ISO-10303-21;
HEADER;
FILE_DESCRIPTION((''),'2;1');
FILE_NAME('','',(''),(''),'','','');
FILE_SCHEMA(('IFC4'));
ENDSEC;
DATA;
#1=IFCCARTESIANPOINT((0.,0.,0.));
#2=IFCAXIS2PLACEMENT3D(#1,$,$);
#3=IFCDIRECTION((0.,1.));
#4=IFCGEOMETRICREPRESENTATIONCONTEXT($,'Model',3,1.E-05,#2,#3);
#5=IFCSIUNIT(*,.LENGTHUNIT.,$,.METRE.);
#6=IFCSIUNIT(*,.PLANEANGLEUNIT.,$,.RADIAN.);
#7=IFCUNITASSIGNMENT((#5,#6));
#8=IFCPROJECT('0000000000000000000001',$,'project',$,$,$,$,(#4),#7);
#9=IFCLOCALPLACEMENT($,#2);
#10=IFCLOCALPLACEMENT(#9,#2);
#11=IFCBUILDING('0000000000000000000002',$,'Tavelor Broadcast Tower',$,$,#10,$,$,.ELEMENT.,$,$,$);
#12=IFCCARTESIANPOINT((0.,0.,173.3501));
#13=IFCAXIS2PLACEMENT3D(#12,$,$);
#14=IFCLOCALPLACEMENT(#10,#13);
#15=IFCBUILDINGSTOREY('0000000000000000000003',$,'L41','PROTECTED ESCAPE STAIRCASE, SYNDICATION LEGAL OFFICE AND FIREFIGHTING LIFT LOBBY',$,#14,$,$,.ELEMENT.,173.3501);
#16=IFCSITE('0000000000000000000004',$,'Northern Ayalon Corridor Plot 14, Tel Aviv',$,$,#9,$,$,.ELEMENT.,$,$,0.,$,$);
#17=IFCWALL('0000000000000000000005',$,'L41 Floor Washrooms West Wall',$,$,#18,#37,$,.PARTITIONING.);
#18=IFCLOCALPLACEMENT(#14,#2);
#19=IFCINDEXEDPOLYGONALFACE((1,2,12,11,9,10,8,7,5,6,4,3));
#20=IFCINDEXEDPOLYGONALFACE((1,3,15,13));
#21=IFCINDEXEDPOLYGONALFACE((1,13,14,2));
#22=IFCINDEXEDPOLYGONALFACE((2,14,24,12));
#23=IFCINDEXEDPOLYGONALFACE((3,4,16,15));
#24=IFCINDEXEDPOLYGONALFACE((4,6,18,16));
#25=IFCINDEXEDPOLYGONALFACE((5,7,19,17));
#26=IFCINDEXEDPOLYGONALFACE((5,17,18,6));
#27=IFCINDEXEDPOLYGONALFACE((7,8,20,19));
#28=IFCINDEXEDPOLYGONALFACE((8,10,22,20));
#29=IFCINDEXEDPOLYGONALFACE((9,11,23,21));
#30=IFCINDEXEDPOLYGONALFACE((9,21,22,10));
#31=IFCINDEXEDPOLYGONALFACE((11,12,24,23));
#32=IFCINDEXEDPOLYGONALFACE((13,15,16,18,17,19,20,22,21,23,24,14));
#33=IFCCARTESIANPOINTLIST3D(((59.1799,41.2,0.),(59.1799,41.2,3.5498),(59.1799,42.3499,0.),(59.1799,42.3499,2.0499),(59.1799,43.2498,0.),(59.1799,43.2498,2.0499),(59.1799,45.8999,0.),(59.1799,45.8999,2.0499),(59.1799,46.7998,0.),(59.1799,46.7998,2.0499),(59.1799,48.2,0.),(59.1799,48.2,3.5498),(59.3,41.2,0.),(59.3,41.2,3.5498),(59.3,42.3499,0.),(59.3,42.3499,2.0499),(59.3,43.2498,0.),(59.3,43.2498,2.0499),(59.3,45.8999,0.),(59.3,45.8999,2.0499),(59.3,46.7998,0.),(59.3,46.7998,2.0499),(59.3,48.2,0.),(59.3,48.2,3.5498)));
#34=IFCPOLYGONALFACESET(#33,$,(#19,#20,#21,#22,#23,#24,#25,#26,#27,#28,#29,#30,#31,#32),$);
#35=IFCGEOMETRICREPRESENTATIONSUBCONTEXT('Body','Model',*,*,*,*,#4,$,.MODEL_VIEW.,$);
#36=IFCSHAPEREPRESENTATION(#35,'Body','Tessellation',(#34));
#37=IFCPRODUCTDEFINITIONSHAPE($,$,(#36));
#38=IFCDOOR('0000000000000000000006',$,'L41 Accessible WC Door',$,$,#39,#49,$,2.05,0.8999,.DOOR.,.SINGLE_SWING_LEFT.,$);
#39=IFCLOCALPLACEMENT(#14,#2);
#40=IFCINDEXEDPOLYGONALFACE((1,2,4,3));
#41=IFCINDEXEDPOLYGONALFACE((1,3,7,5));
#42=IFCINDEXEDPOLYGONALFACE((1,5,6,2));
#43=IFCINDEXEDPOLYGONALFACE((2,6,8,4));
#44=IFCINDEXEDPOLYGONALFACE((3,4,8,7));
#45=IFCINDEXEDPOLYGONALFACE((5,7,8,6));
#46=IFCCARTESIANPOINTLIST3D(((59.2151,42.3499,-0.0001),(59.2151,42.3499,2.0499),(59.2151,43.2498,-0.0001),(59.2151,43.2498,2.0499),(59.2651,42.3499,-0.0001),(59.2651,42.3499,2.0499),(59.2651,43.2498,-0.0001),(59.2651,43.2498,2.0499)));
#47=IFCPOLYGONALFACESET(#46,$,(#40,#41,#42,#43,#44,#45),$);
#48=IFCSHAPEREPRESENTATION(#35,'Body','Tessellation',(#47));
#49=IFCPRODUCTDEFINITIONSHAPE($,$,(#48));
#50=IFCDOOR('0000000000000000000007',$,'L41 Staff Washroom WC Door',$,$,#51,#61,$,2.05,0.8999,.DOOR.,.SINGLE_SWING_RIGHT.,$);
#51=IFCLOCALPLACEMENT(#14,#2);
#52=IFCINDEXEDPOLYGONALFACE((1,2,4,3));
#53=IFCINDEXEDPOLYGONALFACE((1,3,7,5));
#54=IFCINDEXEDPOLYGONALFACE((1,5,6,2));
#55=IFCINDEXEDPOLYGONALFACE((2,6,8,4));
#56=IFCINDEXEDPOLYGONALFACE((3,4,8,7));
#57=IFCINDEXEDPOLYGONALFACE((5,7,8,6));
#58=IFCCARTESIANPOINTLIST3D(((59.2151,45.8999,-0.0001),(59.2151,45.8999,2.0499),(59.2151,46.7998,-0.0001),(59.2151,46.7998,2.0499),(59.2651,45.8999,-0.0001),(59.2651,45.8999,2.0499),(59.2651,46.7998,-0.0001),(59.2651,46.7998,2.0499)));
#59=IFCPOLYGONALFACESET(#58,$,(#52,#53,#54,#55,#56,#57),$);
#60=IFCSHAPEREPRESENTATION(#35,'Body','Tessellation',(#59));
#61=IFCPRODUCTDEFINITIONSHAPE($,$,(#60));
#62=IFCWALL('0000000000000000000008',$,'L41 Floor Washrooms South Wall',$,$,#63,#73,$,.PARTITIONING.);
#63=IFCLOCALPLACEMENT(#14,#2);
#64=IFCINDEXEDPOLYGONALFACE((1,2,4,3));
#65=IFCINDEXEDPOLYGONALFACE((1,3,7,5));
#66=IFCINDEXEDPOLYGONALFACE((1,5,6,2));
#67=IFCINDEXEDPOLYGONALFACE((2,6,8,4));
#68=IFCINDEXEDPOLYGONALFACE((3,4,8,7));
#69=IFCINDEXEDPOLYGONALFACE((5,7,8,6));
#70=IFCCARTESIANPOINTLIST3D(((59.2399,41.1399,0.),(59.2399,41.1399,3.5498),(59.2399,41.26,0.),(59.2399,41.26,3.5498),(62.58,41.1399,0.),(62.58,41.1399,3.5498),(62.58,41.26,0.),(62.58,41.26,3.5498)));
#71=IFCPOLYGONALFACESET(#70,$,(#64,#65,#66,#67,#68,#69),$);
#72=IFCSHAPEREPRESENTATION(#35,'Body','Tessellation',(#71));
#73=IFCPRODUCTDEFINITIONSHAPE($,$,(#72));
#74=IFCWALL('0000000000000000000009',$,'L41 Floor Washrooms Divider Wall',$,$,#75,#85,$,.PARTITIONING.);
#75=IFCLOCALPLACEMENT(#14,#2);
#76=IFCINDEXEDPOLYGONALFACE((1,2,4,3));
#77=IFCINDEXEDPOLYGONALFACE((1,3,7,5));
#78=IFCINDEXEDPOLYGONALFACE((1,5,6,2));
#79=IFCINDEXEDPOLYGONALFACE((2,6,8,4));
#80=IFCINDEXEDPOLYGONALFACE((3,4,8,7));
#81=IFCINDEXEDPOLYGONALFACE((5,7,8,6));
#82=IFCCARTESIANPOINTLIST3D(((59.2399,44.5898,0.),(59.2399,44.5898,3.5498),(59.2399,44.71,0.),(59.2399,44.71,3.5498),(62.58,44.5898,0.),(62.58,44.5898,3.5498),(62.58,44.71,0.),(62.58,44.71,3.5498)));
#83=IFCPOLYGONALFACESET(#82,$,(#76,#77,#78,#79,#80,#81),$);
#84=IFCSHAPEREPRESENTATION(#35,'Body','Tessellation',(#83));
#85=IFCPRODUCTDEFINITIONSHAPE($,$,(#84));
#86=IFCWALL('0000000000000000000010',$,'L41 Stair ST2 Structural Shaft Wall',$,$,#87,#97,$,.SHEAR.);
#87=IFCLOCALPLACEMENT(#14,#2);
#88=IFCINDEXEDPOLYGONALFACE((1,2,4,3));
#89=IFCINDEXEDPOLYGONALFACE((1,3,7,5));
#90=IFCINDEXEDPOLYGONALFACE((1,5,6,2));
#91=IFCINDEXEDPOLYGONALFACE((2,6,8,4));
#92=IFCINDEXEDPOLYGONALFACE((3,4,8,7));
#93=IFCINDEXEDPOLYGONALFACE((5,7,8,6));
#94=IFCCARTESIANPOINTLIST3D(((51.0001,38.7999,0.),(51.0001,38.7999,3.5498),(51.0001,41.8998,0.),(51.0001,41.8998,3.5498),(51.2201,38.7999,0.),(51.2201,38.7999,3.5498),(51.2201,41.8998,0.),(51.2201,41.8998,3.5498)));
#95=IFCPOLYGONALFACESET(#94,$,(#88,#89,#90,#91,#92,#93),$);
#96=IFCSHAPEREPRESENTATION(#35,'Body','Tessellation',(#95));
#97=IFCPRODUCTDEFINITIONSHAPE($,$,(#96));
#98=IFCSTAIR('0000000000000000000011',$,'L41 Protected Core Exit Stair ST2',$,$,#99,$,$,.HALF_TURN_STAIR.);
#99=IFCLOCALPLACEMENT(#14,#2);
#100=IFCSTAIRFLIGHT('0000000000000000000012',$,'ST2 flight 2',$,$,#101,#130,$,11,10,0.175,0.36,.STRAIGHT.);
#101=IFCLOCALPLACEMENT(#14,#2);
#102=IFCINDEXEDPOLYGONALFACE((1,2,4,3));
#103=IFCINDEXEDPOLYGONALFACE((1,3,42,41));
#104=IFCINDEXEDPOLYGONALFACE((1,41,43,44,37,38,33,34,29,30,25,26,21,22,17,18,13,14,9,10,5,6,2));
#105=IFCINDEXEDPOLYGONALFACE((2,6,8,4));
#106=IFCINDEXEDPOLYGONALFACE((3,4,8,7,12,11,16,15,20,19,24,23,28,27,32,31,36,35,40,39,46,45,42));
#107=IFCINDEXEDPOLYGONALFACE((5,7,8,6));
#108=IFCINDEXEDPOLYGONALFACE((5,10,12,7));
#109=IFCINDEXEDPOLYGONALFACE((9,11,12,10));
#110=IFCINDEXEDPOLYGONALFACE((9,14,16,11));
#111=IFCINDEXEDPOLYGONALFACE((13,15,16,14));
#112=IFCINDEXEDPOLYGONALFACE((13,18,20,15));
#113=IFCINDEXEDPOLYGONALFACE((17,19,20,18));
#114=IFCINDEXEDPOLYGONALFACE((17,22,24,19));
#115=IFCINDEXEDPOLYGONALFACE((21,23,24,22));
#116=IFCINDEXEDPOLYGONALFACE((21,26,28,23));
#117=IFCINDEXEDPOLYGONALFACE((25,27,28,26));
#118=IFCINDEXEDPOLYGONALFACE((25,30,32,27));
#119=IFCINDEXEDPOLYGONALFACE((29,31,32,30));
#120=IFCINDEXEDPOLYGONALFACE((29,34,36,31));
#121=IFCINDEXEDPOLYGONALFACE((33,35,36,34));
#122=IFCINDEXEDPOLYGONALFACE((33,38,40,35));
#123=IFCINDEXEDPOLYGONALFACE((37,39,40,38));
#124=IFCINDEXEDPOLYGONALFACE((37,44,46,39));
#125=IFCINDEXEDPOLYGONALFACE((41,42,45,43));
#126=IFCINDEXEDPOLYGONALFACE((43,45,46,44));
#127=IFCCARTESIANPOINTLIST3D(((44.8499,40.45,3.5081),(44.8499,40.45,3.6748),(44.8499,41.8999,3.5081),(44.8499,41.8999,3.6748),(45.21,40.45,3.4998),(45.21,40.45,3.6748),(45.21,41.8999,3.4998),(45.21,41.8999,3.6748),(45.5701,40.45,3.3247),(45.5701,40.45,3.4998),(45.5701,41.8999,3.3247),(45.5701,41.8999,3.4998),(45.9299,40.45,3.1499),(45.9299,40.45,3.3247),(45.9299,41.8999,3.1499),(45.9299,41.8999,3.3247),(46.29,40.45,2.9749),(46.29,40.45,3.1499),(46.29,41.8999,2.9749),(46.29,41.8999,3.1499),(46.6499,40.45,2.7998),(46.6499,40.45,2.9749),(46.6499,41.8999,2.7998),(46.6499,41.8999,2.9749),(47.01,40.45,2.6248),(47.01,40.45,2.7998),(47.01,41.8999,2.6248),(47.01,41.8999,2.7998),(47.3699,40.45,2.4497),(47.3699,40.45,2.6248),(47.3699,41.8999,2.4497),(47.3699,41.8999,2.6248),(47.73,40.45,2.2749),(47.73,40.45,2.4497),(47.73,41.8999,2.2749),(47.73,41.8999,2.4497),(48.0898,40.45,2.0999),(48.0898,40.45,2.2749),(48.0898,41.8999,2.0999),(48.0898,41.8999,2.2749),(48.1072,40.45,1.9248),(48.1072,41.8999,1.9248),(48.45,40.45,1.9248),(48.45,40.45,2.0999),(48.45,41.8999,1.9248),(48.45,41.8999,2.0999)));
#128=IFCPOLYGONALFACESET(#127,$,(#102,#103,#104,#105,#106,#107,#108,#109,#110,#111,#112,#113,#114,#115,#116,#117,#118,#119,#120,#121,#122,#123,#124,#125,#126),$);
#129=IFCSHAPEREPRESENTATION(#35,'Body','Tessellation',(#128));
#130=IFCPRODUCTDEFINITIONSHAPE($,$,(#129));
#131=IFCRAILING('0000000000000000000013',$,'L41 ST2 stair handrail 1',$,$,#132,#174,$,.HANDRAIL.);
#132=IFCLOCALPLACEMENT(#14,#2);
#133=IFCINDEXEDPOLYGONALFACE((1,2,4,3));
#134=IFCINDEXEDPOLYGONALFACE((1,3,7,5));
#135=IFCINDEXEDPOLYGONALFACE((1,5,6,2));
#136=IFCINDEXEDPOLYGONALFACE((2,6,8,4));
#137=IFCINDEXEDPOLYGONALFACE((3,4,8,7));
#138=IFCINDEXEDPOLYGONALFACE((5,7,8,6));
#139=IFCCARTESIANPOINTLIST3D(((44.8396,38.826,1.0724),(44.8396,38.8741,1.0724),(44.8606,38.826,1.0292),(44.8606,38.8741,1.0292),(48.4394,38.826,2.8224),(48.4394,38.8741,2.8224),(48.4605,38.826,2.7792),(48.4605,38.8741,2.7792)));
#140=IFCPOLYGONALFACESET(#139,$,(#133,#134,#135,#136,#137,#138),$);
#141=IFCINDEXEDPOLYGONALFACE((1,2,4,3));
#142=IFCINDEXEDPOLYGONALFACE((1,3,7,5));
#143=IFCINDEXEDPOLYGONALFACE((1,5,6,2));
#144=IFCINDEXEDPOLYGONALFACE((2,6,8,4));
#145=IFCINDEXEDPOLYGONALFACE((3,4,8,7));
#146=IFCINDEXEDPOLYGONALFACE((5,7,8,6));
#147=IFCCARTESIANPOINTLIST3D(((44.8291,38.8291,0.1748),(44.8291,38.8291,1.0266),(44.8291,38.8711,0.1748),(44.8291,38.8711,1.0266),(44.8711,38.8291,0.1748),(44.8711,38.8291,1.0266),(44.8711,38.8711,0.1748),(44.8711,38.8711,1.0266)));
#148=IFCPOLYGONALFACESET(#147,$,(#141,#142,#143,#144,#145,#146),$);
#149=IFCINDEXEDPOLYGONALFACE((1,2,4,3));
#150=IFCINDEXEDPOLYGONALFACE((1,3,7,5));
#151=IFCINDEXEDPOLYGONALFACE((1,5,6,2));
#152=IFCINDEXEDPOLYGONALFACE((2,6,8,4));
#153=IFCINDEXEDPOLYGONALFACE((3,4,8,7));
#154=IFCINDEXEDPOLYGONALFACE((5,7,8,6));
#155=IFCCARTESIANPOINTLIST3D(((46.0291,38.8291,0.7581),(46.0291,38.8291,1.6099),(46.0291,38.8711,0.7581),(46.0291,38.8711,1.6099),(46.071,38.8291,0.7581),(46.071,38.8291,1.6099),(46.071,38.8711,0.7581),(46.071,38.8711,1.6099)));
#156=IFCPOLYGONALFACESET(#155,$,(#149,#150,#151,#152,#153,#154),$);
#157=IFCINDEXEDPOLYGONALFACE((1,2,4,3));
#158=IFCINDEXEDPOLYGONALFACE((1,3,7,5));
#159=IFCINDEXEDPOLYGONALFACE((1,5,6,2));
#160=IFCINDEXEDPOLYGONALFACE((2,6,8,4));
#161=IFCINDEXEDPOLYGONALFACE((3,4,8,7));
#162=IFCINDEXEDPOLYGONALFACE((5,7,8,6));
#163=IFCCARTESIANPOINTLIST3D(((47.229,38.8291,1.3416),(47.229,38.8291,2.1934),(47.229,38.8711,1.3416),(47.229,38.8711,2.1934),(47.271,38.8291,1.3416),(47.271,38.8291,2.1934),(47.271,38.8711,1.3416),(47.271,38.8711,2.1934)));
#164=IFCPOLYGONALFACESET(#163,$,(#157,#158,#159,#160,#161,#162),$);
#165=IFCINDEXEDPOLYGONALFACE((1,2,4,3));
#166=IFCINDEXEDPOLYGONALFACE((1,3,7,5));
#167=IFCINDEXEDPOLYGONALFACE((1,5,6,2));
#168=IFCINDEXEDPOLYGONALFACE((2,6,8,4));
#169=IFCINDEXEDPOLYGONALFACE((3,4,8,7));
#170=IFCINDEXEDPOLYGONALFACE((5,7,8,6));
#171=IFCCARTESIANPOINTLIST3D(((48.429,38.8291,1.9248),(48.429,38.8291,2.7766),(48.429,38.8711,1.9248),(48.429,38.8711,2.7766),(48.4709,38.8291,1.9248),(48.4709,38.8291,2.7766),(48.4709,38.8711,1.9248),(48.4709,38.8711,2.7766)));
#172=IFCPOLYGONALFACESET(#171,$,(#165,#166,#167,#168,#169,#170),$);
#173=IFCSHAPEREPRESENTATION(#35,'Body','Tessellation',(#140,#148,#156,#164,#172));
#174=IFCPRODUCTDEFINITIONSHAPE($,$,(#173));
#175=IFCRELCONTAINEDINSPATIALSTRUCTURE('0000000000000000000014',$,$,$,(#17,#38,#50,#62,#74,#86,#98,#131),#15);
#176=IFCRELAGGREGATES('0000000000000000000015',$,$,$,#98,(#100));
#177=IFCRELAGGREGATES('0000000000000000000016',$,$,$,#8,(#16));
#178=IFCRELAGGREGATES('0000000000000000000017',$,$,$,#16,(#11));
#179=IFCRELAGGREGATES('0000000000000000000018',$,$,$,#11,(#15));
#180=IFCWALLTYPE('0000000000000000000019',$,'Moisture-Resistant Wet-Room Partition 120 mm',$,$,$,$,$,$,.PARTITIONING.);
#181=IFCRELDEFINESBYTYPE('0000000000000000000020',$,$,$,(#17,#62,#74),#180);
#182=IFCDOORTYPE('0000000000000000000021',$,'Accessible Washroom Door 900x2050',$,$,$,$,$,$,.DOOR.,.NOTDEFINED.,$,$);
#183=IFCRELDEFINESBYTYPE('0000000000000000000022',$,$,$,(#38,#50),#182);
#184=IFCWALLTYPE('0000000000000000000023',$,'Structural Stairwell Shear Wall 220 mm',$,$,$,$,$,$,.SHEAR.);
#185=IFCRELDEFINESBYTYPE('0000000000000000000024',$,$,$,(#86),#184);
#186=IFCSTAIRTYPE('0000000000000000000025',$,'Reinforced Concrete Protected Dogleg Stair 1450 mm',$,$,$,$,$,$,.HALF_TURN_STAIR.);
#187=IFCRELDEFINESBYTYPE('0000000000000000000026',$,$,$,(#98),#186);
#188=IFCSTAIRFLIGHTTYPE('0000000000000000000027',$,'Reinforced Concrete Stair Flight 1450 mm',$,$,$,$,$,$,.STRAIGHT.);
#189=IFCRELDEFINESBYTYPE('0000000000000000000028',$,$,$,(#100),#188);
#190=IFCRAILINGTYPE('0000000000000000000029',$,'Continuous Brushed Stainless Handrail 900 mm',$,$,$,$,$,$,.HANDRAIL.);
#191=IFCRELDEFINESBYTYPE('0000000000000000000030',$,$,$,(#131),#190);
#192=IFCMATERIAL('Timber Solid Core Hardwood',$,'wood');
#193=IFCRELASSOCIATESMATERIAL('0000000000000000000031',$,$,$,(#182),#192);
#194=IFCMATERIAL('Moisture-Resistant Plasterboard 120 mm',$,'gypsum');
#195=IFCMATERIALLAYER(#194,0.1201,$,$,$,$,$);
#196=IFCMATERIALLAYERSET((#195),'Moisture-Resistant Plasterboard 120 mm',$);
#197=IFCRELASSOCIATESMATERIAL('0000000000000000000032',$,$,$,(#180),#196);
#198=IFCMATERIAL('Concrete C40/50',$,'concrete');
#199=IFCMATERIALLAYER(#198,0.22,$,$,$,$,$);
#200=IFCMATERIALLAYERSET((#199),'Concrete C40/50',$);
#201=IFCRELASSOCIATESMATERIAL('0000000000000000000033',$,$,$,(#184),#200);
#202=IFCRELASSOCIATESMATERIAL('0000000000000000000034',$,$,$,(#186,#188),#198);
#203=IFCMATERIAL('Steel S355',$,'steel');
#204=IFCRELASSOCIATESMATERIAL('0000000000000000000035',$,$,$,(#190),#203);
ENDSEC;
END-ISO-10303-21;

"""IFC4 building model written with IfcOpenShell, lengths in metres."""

from ifc_helpers import new_model, si_unit, direction, frame, frame_2d, origin, origin_2d, place, context, subcontext, project, spatial, polyline, rectangle, outline, extrude, material, layer, layer_set, type_object, element, fill, aggregate, save


model = new_model("IFC4")

# Units and contexts
model_context = context("Model", 3, precision=1e-05, world=origin(), true_north=direction((0.0, 1.0)))
body_context = subcontext(model_context, "Body", "Model", "MODEL_VIEW")
ifc_project = project(units=[si_unit("LENGTHUNIT", "METRE"), si_unit("PLANEANGLEUNIT", "RADIAN")], contexts=[model_context])

# Site, building, storey
site_placement = place(None, origin())
site = spatial("IfcSite", under=ifc_project, at=site_placement, Name="Northern Ayalon Corridor Plot 14, Tel Aviv", CompositionType="ELEMENT", RefElevation=0.0)
building_placement = place(site_placement, origin())
building = spatial("IfcBuilding", under=site, at=building_placement, Name="Tavelor Broadcast Tower", CompositionType="ELEMENT")
storey_placement = place(building_placement, frame((0.0, 0.0, 173.3501)))
storey = spatial("IfcBuildingStorey", under=building, at=storey_placement, Name="L41", Description="PROTECTED ESCAPE STAIRCASE, SYNDICATION LEGAL OFFICE AND FIREFIGHTING LIFT LOBBY", CompositionType="ELEMENT", Elevation=173.3501)

# Shared definitions
ifc_material_1 = material(Name="Concrete C40/50", Category="concrete")
ifc_material_2 = material(Name="Steel S355", Category="steel")

# Shared definitions
ifc_material_3 = material(Name="Timber Solid Core Hardwood", Category="wood")
door_type_1 = type_object("IfcDoorType", Name="Accessible Washroom Door 900x2050", OperationType="NOTDEFINED", PredefinedType="DOOR", material=ifc_material_3)

# Wall, openings, doors
ifc_material_4 = material(Name="Moisture-Resistant Plasterboard 120 mm", Category="gypsum")
ifc_layer_1 = layer(ifc_material_4, 0.1201)
ifc_layer_set_1 = layer_set([ifc_layer_1], Name="Moisture-Resistant Plasterboard 120 mm")
wall_type_1 = type_object("IfcWallType", Name="Moisture-Resistant Wet-Room Partition 120 mm", PredefinedType="PARTITIONING", material=ifc_layer_set_1)
wall_1_placement = place(storey_placement, frame((59.24, 41.2, 0.0), z_axis=(0.0, 0.0, 1.0), x_axis=(0.0, 1.0, 0.0)))
wall_1 = element("IfcWall", 1, at=wall_1_placement, inside=storey, type_object=wall_type_1, Name="L41 Floor Washrooms West Wall", PredefinedType="PARTITIONING", context=body_context, shape_type="SweptSolid", body=[
    extrude(rectangle(XDim=7.0, YDim=0.1201, at=frame_2d((3.5, 0.0))), origin(), (0.0, 0.0, 1.0), 3.5498),
])
opening_1_placement = place(wall_1_placement, frame((1.1499, 0.0, 0.0)))
opening_1 = element("IfcOpeningElement", 2, at=opening_1_placement, cuts=wall_1, PredefinedType="OPENING", context=body_context, shape_type="SweptSolid", body=[
    extrude(rectangle(XDim=0.8999, YDim=2.05, at=frame_2d((0.45, 1.0249))), frame((0.0, 0.0701, 0.0), z_axis=(0.0, -1.0, 0.0), x_axis=(1.0, 0.0, 0.0)), (0.0, 0.0, 1.0), 0.1401),
])
opening_2_placement = place(wall_1_placement, frame((4.7, 0.0, 0.0)))
opening_2 = element("IfcOpeningElement", 3, at=opening_2_placement, cuts=wall_1, PredefinedType="OPENING", context=body_context, shape_type="SweptSolid", body=[
    extrude(rectangle(XDim=0.8999, YDim=2.05, at=frame_2d((0.45, 1.0249))), frame((0.0, 0.0701, 0.0), z_axis=(0.0, -1.0, 0.0), x_axis=(1.0, 0.0, 0.0)), (0.0, 0.0, 1.0), 0.1401),
])
door_1_placement = place(opening_1_placement, origin())
door_1 = element("IfcDoor", 4, at=door_1_placement, inside=storey, type_object=door_type_1, Name="L41 Accessible WC Door", OperationType="SINGLE_SWING_LEFT", OverallHeight=2.05, OverallWidth=0.8999, PredefinedType="DOOR", context=body_context, shape_type="SweptSolid", body=[
    extrude(rectangle(XDim=0.8999, YDim=2.05, at=frame_2d((0.45, 1.0249))), frame((0.0, 0.0249, 0.0), z_axis=(0.0, -1.0, 0.0), x_axis=(1.0, 0.0, 0.0)), (0.0, 0.0, 1.0), 0.05),
])
fill(opening_1, door_1)
door_2_placement = place(opening_2_placement, origin())
door_2 = element("IfcDoor", 5, at=door_2_placement, inside=storey, type_object=door_type_1, Name="L41 Staff Washroom WC Door", OperationType="SINGLE_SWING_RIGHT", OverallHeight=2.05, OverallWidth=0.8999, PredefinedType="DOOR", context=body_context, shape_type="SweptSolid", body=[
    extrude(rectangle(XDim=0.8999, YDim=2.05, at=frame_2d((0.45, 1.0249))), frame((0.0, 0.0249, 0.0), z_axis=(0.0, -1.0, 0.0), x_axis=(1.0, 0.0, 0.0)), (0.0, 0.0, 1.0), 0.05),
])
fill(opening_2, door_2)

# Walls
for number, where, z_axis, x_axis, name in (
    (6, (59.24, 41.2, 0.0), (0.0, 0.0, 1.0), (1.0, 0.0, 0.0), "L41 Floor Washrooms South Wall"),
    (7, (59.24, 44.6499, 0.0), (0.0, 0.0, 1.0), (1.0, 0.0, 0.0), "L41 Floor Washrooms Divider Wall"),
):
    element("IfcWall", number, at=place(storey_placement, frame(where, z_axis=z_axis, x_axis=x_axis)), inside=storey, type_object=wall_type_1, Name=name, PredefinedType="PARTITIONING", context=body_context, shape_type="SweptSolid", body=[
        extrude(rectangle(XDim=3.3401, YDim=0.1201, at=frame_2d((1.6699, 0.0))), origin(), (0.0, 0.0, 1.0), 3.5498),
    ])
ifc_layer_2 = layer(ifc_material_1, 0.22)
ifc_layer_set_2 = layer_set([ifc_layer_2], Name="Concrete C40/50")
wall_type_2 = type_object("IfcWallType", Name="Structural Stairwell Shear Wall 220 mm", PredefinedType="SHEAR", material=ifc_layer_set_2)
wall_2_placement = place(storey_placement, frame((51.1101, 38.8, 0.0), z_axis=(0.0, 0.0, 1.0), x_axis=(0.0, 1.0, 0.0)))
element("IfcWall", 8, at=wall_2_placement, inside=storey, type_object=wall_type_2, Name="L41 Stair ST2 Structural Shaft Wall", PredefinedType="SHEAR", context=body_context, shape_type="SweptSolid", body=[
    extrude(rectangle(XDim=3.0999, YDim=0.22, at=frame_2d((1.5498, 0.0))), origin(), (0.0, 0.0, 1.0), 3.5498),
])

# Stair, stair flight
stair_type = type_object("IfcStairType", Name="Reinforced Concrete Protected Dogleg Stair 1450 mm", PredefinedType="HALF_TURN_STAIR", material=ifc_material_1)
stair_placement = place(storey_placement, origin())
stair = element("IfcStair", 9, at=stair_placement, inside=storey, type_object=stair_type, Name="L41 Protected Core Exit Stair ST2", PredefinedType="HALF_TURN_STAIR")
stair_flight_type = type_object("IfcStairFlightType", Name="Reinforced Concrete Stair Flight 1450 mm", PredefinedType="STRAIGHT", material=ifc_material_1)
stair_flight_placement = place(storey_placement, frame((48.45, 41.175, 1.9248), z_axis=(0.0, 0.0, 1.0), x_axis=(-1.0, 0.0, 0.0)))
stair_flight = element("IfcStairFlight", 10, at=stair_flight_placement, type_object=stair_flight_type, Name="ST2 flight 2", NumberOfRisers=11, NumberOfTreads=10, PredefinedType="STRAIGHT", RiserHeight=0.175, TreadLength=0.36, context=body_context, shape_type="SweptSolid", body=[
    extrude(outline(polyline([(0.0, 0.0), (0.0, 0.175), (0.3601, 0.175), (0.3601, 0.3501), (0.72, 0.3501), (0.72, 0.5249), (1.0801, 0.5249), (1.0801, 0.7), (1.4399, 0.7), (1.4399, 0.875), (1.8, 0.875), (1.8, 1.05), (2.1599, 1.05), (2.1599, 1.2251), (2.52, 1.2251), (2.52, 1.3999), (2.8799, 1.3999), (2.8799, 1.575), (3.24, 1.575), (3.24, 1.75), (3.6001, 1.75), (3.6001, 1.925), (3.6001, 1.5833), (0.3428, 0.0), (0.0, 0.0)])), frame((0.0, 0.7251, 0.0), z_axis=(0.0, -1.0, 0.0), x_axis=(1.0, 0.0, 0.0)), (0.0, 0.0, 1.0), 1.45),
])
aggregate(stair, [stair_flight])

# Railing
railing_type_1 = type_object("IfcRailingType", Name="Continuous Brushed Stainless Handrail 900 mm", PredefinedType="HANDRAIL", material=ifc_material_2)
railing_1_placement = place(storey_placement, frame((44.8501, 38.8501, 0.1748)))
element("IfcRailing", 11, at=railing_1_placement, inside=storey, type_object=railing_type_1, Name="L41 ST2 stair handrail 1", PredefinedType="HANDRAIL", context=body_context, shape_type="SweptSolid", body=[
    extrude(rectangle(XDim=0.0481, YDim=0.0481, at=origin_2d()), frame((0.0, 0.0, 0.876), z_axis=(0.899361, 0.0, 0.437207), x_axis=(0.0, 1.0, 0.0)), (0.0, 0.0, 1.0), 4.0027),
    extrude(rectangle(XDim=0.042, YDim=0.042, at=origin_2d()), origin(), (0.0, 0.0, 1.0), 0.8518),
    extrude(rectangle(XDim=0.042, YDim=0.042, at=origin_2d()), frame((1.2, 0.0, 0.5833)), (0.0, 0.0, 1.0), 0.8518),
    extrude(rectangle(XDim=0.042, YDim=0.042, at=origin_2d()), frame((2.3999, 0.0, 1.1667)), (0.0, 0.0, 1.0), 0.8518),
    extrude(rectangle(XDim=0.042, YDim=0.042, at=origin_2d()), frame((3.5999, 0.0, 1.75)), (0.0, 0.0, 1.0), 0.8518),
])

save(model, "model.ifc")
